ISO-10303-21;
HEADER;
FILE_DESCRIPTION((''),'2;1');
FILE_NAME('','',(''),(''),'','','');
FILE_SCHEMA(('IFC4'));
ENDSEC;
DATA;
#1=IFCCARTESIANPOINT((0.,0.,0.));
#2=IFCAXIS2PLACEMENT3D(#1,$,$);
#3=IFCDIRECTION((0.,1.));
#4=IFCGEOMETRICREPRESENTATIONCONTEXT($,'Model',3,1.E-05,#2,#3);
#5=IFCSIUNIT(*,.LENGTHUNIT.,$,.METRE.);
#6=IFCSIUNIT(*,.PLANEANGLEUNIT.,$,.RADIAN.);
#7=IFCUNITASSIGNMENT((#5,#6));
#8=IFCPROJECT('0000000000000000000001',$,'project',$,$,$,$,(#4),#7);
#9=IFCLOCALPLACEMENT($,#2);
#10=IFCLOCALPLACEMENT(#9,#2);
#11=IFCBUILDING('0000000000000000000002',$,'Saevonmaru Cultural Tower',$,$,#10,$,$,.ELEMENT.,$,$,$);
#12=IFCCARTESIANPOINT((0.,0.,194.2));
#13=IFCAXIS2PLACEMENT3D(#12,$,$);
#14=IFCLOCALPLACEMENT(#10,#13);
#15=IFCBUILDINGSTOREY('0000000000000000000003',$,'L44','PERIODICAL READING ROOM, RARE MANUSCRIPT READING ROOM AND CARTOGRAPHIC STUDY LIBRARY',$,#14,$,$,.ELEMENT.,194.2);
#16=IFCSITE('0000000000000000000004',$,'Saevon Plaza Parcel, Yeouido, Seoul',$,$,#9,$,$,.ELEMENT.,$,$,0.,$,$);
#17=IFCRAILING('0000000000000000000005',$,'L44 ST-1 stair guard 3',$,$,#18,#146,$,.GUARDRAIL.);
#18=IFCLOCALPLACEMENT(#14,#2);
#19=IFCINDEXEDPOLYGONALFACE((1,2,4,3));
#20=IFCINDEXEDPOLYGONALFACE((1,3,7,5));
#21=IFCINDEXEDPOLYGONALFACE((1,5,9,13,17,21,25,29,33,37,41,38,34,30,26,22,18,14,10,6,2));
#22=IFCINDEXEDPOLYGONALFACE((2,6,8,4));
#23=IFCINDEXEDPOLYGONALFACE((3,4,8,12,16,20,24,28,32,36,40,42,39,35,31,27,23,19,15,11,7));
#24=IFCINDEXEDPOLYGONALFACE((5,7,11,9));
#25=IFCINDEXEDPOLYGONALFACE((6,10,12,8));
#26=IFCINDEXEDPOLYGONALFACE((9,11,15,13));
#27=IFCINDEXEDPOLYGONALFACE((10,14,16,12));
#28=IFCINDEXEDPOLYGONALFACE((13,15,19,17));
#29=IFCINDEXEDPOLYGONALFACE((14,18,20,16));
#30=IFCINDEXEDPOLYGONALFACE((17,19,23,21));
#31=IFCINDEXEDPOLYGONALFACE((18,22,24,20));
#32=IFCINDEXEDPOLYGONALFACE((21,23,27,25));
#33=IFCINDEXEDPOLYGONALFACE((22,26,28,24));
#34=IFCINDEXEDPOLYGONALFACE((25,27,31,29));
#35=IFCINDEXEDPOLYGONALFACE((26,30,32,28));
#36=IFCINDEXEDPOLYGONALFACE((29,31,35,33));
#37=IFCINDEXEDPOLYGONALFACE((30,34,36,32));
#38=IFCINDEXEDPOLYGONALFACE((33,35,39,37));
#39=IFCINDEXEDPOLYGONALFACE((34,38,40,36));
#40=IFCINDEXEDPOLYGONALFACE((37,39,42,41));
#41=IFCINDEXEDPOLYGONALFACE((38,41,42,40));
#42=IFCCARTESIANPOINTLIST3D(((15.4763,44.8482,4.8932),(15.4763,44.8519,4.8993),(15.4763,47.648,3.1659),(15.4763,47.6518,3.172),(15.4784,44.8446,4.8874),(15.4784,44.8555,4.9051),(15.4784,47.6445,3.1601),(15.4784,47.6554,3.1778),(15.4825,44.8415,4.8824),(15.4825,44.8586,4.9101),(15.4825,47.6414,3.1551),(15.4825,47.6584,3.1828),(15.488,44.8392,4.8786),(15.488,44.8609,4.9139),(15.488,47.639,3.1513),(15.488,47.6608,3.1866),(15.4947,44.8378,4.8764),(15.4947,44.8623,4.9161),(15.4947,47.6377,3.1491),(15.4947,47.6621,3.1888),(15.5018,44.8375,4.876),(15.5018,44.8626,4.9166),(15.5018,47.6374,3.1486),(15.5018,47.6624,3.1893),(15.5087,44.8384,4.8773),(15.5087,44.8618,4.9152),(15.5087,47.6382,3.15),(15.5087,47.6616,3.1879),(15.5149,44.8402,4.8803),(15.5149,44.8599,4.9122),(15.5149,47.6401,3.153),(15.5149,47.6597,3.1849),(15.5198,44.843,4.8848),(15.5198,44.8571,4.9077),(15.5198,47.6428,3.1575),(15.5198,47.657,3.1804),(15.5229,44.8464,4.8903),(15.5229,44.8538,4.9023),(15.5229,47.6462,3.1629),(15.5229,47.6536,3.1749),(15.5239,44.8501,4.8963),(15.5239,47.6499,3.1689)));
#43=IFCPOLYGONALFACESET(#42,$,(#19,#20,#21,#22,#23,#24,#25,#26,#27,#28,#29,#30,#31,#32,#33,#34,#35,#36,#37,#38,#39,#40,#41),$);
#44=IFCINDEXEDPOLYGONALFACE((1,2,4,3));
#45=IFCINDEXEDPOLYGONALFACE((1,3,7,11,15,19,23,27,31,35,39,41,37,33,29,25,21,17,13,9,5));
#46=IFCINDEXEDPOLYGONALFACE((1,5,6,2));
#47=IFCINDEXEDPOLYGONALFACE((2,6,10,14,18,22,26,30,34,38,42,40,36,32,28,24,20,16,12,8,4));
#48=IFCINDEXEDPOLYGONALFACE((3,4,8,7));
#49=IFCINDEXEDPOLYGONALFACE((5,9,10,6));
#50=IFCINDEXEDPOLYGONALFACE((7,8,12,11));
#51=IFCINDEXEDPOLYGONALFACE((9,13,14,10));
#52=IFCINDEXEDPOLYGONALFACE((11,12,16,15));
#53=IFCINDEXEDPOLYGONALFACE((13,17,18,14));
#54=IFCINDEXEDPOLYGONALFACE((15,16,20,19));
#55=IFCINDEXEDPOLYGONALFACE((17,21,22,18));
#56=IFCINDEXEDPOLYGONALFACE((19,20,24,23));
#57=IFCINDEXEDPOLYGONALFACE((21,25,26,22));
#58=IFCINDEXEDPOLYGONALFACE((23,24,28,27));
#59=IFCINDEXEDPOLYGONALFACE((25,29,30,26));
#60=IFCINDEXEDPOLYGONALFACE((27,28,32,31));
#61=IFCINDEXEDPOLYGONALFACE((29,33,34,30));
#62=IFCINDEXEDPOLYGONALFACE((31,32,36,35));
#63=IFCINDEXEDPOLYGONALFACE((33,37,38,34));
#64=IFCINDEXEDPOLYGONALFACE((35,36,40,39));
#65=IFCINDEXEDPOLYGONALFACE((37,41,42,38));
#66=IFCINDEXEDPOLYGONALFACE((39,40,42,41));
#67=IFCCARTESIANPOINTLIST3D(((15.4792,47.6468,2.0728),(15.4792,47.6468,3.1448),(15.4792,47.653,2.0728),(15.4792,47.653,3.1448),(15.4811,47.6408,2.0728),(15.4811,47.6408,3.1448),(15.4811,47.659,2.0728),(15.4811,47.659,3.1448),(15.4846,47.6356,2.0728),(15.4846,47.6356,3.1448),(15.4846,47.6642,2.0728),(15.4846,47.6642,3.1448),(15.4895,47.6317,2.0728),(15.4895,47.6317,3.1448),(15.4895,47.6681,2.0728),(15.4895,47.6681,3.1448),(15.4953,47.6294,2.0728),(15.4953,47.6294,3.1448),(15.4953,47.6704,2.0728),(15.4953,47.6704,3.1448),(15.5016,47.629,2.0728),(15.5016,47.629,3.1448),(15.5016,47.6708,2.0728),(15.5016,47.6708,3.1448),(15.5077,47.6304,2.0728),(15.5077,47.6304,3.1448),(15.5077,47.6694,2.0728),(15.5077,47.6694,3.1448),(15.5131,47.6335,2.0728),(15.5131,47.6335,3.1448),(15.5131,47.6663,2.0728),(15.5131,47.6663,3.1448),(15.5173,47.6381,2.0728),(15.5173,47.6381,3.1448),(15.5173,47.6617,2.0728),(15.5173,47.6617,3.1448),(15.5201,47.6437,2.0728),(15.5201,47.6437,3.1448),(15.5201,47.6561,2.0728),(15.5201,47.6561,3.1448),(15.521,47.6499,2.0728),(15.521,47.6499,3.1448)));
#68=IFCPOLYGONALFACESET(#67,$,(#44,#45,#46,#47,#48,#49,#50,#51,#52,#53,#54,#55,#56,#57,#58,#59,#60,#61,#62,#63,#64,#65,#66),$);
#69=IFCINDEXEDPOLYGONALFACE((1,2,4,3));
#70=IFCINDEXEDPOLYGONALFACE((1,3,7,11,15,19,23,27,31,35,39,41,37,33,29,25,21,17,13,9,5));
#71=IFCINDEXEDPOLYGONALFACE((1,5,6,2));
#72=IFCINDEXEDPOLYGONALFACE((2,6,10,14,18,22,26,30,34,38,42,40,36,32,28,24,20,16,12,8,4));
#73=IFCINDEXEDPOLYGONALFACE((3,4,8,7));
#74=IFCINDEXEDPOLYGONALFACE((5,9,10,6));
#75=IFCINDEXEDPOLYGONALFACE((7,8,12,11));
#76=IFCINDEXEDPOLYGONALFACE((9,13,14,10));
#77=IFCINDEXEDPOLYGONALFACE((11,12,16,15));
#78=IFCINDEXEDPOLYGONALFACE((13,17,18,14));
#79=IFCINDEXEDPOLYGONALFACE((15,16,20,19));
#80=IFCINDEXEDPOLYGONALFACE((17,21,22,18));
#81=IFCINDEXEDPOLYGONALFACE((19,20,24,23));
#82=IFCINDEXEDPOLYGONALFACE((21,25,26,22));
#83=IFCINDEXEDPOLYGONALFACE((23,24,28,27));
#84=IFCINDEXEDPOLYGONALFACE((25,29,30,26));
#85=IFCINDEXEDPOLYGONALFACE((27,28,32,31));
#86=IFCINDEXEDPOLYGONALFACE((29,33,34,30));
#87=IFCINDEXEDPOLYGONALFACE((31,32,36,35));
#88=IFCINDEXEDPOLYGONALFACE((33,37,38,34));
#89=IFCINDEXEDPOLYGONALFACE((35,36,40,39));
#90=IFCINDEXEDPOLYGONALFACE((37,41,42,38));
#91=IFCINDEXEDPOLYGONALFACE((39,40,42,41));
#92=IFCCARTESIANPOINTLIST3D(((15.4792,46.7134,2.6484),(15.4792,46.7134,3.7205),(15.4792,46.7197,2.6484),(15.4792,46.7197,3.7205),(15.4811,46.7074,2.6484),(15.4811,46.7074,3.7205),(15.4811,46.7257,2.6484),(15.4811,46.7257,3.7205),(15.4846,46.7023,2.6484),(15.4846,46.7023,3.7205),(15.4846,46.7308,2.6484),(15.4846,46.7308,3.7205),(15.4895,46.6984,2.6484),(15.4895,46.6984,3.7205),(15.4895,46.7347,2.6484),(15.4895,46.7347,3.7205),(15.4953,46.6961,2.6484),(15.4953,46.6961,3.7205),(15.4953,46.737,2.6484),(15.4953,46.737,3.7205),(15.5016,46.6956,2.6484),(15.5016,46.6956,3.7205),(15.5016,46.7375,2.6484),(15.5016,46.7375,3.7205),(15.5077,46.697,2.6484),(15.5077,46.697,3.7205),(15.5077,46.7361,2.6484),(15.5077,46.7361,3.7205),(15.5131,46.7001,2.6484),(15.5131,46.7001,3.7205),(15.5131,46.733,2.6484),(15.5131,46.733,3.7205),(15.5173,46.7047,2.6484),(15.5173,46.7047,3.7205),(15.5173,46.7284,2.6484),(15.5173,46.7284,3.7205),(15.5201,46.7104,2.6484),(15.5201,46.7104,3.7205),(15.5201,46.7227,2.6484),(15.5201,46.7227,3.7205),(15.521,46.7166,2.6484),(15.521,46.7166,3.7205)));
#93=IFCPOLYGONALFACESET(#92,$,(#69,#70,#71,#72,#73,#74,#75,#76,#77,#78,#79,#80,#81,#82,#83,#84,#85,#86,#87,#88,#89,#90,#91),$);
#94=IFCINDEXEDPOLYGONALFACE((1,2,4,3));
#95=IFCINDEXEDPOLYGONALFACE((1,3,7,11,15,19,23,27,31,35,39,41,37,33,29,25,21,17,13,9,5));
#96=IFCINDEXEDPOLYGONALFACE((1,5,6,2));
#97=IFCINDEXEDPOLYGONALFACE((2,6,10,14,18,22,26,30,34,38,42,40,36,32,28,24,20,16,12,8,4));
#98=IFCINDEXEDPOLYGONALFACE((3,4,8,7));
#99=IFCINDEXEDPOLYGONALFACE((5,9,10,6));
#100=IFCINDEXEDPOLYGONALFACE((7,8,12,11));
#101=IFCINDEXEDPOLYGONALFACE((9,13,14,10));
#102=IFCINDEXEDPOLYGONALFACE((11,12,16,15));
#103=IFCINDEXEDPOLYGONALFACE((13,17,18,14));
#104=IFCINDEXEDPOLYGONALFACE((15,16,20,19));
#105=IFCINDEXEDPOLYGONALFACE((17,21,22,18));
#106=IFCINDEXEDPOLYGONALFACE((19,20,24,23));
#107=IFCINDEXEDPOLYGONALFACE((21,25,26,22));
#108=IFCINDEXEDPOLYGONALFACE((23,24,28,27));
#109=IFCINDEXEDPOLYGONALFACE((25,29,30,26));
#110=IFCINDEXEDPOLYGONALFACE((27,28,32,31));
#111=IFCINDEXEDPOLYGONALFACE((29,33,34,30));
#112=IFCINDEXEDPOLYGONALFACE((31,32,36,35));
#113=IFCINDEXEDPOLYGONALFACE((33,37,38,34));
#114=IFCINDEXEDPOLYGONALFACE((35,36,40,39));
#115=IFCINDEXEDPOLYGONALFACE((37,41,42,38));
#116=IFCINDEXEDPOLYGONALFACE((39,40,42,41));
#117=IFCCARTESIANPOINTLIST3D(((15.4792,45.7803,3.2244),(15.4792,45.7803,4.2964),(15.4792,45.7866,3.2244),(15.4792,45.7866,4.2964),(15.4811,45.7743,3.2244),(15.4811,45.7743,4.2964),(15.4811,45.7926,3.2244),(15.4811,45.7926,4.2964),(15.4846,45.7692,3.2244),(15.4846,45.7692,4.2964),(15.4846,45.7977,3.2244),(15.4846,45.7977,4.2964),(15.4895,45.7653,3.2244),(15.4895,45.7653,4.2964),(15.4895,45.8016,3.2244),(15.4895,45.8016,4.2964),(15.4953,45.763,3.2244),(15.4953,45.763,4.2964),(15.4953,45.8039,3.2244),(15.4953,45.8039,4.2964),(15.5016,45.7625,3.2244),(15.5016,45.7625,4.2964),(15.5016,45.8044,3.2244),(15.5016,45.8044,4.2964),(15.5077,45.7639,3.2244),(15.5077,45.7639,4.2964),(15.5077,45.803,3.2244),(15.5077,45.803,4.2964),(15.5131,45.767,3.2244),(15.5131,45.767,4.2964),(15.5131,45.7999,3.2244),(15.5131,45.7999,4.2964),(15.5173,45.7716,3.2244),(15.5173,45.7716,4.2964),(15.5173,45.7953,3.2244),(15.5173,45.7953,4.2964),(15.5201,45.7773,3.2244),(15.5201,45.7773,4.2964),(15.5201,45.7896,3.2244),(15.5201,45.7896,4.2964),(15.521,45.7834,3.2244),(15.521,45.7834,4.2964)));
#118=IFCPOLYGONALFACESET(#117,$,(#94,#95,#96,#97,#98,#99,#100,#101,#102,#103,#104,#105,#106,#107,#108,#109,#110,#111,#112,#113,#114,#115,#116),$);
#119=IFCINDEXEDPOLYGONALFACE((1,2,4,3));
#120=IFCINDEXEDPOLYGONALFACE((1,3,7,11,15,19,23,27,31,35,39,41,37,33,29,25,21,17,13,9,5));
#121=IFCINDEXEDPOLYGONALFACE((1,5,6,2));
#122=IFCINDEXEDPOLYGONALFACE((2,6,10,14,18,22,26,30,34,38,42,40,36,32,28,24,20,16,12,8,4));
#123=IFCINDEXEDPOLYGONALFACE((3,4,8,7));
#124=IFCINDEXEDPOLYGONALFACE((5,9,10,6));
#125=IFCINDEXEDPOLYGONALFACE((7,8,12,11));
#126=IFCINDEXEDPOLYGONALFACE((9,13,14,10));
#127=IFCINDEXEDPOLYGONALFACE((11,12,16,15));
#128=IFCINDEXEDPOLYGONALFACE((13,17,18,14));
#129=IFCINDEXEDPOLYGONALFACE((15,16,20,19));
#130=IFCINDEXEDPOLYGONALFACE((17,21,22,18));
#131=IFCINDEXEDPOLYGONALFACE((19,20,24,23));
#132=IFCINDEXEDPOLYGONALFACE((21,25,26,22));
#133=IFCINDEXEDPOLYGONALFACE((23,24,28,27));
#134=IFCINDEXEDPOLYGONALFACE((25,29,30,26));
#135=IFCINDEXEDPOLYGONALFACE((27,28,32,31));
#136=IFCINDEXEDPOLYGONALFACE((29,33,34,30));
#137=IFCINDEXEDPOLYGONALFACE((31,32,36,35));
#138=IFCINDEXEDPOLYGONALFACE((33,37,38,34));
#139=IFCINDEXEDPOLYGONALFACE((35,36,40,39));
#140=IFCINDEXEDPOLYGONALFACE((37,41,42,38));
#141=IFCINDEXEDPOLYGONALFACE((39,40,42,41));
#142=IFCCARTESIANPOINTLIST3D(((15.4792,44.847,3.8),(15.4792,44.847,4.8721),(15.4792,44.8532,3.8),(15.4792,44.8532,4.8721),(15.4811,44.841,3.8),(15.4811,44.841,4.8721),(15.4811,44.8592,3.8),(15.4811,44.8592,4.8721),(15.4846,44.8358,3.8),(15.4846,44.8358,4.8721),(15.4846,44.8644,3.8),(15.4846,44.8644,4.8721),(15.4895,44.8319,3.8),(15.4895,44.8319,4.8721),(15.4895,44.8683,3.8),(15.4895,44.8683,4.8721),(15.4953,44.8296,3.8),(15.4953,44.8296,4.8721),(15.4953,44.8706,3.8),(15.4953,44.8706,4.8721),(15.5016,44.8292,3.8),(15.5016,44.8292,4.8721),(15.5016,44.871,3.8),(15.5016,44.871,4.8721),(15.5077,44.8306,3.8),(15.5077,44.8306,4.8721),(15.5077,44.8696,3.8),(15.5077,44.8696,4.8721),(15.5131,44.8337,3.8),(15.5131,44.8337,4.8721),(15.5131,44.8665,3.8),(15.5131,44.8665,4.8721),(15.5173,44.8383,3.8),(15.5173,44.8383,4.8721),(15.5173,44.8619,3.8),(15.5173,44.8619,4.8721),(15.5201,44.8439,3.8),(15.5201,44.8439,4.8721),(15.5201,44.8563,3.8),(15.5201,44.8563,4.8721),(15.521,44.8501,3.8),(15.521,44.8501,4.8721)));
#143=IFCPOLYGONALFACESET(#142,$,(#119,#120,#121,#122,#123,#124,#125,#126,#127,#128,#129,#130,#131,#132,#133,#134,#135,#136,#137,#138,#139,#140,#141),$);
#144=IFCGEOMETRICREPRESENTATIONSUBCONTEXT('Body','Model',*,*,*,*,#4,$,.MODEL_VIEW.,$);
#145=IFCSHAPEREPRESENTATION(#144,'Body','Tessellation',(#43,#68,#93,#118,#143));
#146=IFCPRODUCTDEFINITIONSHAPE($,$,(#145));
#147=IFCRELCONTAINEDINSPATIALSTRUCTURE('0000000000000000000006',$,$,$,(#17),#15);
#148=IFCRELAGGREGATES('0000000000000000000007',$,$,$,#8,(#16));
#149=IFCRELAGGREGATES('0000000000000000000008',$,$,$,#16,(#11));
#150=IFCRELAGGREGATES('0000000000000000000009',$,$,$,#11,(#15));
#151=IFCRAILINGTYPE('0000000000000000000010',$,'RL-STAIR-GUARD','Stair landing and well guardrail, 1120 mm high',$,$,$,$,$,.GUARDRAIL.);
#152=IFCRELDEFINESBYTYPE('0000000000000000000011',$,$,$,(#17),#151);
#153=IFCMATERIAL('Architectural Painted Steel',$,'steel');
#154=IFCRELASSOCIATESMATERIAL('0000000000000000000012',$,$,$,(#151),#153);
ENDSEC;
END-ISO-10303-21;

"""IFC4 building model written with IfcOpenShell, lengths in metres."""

from ifc_helpers import new_model, si_unit, direction, frame, origin, origin_2d, place, context, subcontext, project, spatial, circle, extrude, material, type_object, element, save


model = new_model("IFC4")

# Units and contexts
model_context = context("Model", 3, precision=1e-05, world=origin(), true_north=direction((0.0, 1.0)))
body_context = subcontext(model_context, "Body", "Model", "MODEL_VIEW")
ifc_project = project(units=[si_unit("LENGTHUNIT", "METRE"), si_unit("PLANEANGLEUNIT", "RADIAN")], contexts=[model_context])

# Site, building, storey
site_placement = place(None, origin())
site = spatial("IfcSite", under=ifc_project, at=site_placement, Name="Saevon Plaza Parcel, Yeouido, Seoul", CompositionType="ELEMENT", RefElevation=0.0)
building_placement = place(site_placement, origin())
building = spatial("IfcBuilding", under=site, at=building_placement, Name="Saevonmaru Cultural Tower", CompositionType="ELEMENT")
storey_placement = place(building_placement, frame((0.0, 0.0, 194.2)))
storey = spatial("IfcBuildingStorey", under=building, at=storey_placement, Name="L44", Description="PERIODICAL READING ROOM, RARE MANUSCRIPT READING ROOM AND CARTOGRAPHIC STUDY LIBRARY", CompositionType="ELEMENT", Elevation=194.2)

# Railing
ifc_material_1 = material(Name="Architectural Painted Steel", Category="steel")
railing_type_1 = type_object("IfcRailingType", Name="RL-STAIR-GUARD", Description="Stair landing and well guardrail, 1120 mm high", PredefinedType="GUARDRAIL", material=ifc_material_1)
railing_1_placement = place(storey_placement, frame((15.5, 47.6499, 2.0728)))
element("IfcRailing", 1, at=railing_1_placement, inside=storey, type_object=railing_type_1, Name="L44 ST-1 stair guard 3", PredefinedType="GUARDRAIL", context=body_context, shape_type="SweptSolid", body=[
    extrude(circle(Radius=0.0239, at=origin_2d()), frame((0.0, 0.0, 1.0962), z_axis=(0.0, -0.851069, 0.525054), x_axis=(1.0, 0.0, 0.0)), (0.0, 0.0, 1.0), 3.2898),
    extrude(circle(Radius=0.021, at=origin_2d()), origin(), (0.0, 0.0, 1.0), 1.072),
    extrude(circle(Radius=0.021, at=origin_2d()), frame((0.0, -0.9333, 0.5757)), (0.0, 0.0, 1.0), 1.072),
    extrude(circle(Radius=0.021, at=origin_2d()), frame((0.0, -1.8665, 1.1516)), (0.0, 0.0, 1.0), 1.072),
    extrude(circle(Radius=0.021, at=origin_2d()), frame((0.0, -2.7998, 1.7273)), (0.0, 0.0, 1.0), 1.072),
])

save(model, "model.ifc")
